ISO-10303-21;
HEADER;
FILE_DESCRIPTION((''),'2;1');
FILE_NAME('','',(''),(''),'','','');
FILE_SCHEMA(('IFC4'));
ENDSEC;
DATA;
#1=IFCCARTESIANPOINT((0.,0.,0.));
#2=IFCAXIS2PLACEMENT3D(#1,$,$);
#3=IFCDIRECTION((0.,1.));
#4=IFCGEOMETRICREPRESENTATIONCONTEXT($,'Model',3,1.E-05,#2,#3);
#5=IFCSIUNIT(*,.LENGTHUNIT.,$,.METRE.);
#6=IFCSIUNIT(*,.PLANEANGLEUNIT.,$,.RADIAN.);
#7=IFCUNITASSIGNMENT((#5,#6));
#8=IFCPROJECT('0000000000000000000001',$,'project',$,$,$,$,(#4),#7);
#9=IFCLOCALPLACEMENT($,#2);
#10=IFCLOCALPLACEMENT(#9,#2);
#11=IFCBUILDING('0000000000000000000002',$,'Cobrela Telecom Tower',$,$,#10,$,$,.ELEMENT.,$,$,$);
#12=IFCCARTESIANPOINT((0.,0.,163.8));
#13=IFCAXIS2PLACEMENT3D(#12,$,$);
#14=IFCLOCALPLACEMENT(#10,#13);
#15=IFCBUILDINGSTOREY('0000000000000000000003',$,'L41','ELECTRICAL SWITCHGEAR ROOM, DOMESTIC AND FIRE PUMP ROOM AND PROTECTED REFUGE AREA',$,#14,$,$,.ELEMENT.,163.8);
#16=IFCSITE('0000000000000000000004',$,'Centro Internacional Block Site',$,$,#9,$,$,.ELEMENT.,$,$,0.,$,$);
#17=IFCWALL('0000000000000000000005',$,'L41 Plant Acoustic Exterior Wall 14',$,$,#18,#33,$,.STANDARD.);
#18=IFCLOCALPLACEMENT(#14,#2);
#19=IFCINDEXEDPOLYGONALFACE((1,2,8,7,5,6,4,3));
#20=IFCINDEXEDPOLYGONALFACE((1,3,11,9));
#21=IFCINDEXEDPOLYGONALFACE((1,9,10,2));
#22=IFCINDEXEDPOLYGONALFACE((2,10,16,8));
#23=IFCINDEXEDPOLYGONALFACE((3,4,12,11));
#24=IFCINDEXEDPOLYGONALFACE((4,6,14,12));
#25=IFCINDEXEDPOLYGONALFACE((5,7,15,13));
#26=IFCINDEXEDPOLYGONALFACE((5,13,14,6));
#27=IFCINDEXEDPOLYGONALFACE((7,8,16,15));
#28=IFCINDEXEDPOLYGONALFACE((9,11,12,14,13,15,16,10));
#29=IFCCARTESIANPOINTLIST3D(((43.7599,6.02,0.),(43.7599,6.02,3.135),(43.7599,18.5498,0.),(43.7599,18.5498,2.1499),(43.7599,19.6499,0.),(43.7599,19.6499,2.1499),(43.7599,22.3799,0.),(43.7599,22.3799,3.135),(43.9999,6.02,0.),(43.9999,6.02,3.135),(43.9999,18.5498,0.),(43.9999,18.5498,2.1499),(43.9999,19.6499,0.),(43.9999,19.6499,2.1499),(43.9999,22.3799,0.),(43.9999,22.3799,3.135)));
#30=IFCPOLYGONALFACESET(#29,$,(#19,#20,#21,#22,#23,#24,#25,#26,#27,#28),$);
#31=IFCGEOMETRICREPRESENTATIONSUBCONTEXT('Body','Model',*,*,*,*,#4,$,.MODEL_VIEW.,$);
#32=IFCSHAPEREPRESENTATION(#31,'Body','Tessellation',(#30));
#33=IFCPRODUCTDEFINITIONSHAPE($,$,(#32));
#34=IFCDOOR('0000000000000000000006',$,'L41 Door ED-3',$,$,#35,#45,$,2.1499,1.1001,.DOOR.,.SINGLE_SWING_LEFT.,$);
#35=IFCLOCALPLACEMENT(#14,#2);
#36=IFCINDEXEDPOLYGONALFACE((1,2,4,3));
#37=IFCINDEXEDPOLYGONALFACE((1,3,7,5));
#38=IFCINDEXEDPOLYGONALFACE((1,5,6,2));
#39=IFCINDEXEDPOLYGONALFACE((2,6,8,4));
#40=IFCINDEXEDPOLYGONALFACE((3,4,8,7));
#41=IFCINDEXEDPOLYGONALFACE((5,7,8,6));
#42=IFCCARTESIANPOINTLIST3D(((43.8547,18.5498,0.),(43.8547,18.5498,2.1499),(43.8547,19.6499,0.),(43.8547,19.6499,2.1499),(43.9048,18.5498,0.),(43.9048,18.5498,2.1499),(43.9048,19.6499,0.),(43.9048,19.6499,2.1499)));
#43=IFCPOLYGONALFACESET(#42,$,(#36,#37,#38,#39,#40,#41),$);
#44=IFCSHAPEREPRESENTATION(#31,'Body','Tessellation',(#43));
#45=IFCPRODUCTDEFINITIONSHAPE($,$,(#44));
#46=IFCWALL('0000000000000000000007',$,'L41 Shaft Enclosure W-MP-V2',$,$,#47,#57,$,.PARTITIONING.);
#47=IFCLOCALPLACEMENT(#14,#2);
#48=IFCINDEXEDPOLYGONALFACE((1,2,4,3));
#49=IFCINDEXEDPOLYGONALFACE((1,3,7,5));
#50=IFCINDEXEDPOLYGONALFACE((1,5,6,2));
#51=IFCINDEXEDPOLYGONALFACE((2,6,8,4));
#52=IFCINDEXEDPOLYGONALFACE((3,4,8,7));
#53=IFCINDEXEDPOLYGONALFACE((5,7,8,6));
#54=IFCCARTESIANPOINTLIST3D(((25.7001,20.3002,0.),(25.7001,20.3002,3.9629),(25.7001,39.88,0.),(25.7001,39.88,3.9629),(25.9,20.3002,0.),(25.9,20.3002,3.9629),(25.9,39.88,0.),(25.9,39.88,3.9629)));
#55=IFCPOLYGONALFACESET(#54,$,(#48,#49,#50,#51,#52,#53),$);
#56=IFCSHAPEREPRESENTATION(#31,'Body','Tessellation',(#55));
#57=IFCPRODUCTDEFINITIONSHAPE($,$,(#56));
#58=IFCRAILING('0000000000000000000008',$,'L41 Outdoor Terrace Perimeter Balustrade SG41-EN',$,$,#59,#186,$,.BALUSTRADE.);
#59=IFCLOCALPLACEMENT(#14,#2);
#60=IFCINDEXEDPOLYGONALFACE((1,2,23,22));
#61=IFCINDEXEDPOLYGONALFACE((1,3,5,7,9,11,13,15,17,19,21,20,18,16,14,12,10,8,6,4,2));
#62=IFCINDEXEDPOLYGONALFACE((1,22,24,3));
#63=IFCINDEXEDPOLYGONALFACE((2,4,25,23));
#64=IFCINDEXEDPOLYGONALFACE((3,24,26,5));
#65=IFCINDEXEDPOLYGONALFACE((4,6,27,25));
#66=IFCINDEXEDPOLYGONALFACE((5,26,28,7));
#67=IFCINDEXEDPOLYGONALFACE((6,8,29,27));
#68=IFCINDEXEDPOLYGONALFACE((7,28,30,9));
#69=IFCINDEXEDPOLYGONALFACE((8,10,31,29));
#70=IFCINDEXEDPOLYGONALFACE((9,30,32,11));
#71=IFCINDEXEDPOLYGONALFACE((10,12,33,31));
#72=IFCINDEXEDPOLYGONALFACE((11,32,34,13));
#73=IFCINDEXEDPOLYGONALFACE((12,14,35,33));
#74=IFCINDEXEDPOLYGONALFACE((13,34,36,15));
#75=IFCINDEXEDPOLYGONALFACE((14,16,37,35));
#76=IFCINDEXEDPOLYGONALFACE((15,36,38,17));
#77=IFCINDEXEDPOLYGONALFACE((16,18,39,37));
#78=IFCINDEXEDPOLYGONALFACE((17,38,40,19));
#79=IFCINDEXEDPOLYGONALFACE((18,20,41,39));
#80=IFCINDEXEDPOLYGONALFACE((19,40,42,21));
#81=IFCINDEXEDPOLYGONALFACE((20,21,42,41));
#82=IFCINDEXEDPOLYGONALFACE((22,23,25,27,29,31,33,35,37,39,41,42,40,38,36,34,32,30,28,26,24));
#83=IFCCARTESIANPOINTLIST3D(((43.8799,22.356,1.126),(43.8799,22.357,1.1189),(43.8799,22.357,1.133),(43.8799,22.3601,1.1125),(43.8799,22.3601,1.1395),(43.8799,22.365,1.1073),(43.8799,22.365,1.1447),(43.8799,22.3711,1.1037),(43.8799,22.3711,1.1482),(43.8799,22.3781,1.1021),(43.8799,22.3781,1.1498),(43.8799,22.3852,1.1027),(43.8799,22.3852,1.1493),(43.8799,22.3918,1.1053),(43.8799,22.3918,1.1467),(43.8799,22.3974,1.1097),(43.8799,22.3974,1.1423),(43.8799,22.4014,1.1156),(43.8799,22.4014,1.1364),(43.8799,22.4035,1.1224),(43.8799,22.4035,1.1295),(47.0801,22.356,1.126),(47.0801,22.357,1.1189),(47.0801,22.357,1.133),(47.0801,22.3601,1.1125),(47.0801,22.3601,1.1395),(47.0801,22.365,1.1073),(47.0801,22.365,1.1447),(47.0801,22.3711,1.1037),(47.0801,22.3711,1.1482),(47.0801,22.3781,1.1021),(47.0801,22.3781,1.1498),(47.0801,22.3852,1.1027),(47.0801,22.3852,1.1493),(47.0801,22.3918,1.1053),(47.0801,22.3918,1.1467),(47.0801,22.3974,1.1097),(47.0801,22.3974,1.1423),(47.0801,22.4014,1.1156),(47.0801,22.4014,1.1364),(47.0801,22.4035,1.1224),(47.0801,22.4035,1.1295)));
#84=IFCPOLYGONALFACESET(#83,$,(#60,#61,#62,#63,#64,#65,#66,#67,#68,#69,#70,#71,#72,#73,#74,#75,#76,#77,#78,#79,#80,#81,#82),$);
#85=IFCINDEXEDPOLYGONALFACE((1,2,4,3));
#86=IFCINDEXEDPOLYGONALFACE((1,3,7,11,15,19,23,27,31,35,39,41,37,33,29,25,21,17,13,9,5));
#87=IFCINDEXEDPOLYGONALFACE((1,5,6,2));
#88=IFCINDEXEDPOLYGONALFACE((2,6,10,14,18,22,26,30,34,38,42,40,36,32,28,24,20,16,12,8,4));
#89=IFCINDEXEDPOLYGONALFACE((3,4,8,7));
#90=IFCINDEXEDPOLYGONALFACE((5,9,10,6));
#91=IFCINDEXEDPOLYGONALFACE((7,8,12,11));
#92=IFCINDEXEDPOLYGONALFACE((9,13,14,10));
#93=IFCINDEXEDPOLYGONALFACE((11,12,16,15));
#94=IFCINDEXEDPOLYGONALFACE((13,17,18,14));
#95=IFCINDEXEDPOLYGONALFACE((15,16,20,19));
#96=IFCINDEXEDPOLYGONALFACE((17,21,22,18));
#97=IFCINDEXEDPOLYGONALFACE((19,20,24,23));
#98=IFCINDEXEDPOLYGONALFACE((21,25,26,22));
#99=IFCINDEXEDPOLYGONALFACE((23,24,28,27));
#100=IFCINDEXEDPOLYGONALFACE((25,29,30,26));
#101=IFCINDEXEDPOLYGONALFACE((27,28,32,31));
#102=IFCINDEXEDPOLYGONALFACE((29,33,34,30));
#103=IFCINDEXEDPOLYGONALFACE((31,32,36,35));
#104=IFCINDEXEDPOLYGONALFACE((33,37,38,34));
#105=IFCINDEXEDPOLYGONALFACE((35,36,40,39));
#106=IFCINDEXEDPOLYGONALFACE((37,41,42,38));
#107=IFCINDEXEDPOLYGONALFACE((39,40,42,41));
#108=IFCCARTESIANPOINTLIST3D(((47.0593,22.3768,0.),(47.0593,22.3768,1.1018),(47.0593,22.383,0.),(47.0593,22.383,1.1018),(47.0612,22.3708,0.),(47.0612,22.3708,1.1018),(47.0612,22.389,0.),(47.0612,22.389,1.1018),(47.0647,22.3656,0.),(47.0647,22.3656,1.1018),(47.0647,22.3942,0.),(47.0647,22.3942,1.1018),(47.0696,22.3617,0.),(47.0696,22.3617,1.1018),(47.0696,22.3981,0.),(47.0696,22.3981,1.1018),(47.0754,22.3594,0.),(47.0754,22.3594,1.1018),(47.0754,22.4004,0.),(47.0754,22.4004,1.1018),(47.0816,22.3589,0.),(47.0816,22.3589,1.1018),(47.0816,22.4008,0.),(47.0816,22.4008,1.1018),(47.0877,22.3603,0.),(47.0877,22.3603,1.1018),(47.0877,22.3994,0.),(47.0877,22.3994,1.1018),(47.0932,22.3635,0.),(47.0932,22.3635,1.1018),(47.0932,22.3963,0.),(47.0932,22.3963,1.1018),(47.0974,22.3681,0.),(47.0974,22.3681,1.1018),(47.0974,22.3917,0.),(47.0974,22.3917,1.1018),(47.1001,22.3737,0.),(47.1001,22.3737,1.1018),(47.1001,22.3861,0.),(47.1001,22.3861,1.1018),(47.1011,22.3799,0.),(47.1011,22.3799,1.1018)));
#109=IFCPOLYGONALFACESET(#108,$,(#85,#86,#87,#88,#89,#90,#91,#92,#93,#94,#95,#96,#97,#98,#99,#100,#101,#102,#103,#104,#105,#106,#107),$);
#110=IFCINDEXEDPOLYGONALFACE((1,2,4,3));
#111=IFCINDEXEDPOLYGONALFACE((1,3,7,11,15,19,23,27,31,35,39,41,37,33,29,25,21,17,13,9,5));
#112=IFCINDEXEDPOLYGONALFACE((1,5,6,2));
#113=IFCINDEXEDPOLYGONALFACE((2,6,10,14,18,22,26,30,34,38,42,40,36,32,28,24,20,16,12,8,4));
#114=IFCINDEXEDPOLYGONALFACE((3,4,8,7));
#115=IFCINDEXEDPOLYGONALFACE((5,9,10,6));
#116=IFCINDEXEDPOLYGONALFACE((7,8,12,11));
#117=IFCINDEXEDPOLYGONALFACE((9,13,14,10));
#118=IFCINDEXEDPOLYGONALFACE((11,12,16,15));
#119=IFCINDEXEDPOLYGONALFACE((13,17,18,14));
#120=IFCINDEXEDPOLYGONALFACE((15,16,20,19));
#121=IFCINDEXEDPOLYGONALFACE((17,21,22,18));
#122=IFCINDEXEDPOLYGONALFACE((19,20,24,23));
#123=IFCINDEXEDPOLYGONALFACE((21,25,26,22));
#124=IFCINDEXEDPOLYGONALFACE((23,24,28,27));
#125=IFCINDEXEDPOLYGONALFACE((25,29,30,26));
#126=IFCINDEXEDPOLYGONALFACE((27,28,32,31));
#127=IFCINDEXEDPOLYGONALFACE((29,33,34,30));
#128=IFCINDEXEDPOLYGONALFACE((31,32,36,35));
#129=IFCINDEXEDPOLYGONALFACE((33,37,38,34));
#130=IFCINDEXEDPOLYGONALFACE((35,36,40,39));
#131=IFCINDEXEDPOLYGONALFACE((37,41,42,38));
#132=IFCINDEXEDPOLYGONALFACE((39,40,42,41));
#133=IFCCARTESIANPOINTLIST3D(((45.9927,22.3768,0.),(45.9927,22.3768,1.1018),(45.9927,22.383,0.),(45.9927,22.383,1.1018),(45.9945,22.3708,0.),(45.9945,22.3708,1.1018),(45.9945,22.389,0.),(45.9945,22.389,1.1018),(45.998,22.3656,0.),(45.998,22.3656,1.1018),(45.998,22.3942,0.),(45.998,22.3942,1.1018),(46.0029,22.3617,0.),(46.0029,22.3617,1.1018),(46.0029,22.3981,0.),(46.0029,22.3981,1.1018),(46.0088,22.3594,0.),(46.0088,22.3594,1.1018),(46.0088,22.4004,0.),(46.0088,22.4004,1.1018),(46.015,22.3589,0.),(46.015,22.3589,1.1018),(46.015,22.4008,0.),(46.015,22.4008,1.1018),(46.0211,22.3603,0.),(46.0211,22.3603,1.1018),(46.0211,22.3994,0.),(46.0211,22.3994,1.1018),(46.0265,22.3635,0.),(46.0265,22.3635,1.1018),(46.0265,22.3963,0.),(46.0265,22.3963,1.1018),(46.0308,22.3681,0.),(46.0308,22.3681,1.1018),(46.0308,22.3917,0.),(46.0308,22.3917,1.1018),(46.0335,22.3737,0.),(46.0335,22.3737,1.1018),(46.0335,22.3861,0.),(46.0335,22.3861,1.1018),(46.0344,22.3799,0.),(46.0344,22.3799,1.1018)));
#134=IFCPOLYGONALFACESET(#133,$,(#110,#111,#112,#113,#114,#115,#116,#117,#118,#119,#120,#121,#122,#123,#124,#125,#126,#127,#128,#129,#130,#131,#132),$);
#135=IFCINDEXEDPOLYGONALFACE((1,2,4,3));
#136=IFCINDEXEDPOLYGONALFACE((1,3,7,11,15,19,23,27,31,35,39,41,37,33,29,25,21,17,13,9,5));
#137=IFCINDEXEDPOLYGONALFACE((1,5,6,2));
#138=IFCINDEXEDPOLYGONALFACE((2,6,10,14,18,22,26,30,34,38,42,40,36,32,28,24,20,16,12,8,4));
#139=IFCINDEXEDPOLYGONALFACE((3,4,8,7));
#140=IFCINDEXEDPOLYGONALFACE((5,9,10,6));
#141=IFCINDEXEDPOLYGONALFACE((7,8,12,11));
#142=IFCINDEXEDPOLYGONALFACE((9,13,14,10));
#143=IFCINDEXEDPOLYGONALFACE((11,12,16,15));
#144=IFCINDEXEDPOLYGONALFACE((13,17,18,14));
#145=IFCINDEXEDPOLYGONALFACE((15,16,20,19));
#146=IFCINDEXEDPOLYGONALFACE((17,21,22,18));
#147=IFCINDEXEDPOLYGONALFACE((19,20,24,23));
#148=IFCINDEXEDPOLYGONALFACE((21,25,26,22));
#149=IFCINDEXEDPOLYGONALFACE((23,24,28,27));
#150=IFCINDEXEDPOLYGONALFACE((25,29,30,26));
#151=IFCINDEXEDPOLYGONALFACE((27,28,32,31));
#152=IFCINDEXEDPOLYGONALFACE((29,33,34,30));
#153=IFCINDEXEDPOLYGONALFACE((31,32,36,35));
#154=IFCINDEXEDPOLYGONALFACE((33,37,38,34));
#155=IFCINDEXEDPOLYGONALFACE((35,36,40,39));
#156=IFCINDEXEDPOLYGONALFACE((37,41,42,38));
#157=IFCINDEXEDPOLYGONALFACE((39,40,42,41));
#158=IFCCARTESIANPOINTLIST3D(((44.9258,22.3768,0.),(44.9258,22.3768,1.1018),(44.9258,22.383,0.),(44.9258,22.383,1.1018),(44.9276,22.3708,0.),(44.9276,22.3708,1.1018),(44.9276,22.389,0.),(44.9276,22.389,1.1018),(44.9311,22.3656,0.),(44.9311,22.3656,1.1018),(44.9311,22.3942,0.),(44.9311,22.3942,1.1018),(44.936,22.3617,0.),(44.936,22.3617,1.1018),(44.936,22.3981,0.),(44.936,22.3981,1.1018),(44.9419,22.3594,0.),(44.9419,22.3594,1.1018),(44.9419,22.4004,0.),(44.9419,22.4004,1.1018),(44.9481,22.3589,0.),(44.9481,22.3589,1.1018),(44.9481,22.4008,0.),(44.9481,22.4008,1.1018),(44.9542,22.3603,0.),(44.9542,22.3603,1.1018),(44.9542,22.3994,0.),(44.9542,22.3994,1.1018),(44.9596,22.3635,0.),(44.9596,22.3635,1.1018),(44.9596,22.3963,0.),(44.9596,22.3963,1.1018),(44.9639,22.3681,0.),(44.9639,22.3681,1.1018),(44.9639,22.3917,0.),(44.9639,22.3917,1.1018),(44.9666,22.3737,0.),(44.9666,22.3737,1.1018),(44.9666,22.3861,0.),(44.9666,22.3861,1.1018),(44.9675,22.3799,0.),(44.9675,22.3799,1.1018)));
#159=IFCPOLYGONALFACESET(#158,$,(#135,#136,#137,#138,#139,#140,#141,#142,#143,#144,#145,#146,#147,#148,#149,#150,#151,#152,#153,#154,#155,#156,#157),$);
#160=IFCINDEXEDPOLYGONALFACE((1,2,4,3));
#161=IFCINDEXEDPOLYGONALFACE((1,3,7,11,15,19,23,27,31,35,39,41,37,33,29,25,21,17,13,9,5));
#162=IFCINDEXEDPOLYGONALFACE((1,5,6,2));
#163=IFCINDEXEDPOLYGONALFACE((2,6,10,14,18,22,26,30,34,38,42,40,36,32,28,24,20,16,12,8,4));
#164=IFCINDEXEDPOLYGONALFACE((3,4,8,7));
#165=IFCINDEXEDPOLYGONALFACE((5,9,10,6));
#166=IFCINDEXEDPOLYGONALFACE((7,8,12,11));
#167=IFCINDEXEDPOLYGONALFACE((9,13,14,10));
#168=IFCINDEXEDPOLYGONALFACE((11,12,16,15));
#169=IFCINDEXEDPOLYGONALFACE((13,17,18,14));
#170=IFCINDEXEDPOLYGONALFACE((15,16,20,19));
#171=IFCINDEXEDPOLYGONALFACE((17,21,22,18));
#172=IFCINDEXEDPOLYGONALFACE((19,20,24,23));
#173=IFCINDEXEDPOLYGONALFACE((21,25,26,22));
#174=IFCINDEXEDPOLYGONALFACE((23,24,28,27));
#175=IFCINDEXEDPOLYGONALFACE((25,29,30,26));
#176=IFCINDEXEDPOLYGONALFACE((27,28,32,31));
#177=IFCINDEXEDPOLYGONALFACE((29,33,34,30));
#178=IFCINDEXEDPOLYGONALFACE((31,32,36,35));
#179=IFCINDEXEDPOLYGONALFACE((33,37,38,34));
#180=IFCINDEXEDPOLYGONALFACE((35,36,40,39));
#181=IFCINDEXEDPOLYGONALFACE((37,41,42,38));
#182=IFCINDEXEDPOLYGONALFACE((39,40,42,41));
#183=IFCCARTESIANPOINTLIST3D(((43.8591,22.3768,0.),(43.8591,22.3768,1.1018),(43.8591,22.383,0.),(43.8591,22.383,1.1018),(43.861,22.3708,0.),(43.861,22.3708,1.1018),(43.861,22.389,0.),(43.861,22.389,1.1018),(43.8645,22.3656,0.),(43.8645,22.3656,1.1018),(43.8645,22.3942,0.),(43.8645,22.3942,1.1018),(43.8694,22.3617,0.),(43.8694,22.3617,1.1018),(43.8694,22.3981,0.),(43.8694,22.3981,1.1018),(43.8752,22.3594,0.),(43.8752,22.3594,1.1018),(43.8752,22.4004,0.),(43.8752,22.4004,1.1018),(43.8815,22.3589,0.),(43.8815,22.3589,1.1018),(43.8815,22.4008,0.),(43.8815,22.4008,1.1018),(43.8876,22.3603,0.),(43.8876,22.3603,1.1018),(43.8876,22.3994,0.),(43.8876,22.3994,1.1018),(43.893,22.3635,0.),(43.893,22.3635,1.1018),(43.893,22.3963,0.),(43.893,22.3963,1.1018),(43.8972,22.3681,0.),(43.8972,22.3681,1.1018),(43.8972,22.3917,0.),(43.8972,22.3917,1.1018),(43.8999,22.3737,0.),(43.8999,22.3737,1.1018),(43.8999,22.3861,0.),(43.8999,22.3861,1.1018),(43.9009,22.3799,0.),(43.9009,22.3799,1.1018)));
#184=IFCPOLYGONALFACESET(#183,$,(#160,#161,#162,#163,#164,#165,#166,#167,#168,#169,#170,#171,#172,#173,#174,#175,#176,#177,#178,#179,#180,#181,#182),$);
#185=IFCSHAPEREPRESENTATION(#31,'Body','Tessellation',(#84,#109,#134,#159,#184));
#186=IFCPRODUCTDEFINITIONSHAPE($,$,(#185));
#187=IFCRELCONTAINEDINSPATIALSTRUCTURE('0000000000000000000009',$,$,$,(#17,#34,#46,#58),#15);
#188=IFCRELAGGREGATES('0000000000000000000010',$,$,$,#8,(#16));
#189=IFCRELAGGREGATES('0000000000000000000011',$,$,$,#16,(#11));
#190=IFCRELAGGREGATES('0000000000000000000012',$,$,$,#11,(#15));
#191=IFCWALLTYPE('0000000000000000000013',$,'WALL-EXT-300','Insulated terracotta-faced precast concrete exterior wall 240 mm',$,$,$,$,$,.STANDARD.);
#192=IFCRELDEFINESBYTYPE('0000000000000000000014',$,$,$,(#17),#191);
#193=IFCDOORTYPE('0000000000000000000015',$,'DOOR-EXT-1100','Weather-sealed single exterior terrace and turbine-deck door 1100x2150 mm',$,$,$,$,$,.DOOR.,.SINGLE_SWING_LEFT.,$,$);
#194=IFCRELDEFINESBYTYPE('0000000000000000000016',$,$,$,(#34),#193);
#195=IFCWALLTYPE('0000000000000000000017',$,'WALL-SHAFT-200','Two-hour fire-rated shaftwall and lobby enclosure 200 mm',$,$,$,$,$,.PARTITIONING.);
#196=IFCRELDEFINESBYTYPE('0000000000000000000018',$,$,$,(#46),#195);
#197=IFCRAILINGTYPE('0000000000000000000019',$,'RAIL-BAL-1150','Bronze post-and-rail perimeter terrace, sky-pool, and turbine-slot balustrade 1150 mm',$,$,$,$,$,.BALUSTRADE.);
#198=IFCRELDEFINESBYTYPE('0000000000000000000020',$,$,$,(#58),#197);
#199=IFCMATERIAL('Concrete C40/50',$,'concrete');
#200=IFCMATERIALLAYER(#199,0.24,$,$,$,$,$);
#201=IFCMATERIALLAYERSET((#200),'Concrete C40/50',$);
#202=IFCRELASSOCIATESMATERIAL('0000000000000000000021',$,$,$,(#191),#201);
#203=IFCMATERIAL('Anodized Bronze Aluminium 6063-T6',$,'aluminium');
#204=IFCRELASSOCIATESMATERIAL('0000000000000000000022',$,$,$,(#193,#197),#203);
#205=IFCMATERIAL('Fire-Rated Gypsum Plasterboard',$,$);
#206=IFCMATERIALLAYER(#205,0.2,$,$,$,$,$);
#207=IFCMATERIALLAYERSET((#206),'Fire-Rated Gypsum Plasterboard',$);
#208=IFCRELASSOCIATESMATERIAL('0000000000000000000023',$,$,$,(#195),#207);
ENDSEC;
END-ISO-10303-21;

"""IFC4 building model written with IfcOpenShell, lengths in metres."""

from ifc_helpers import new_model, si_unit, direction, frame, frame_2d, origin, origin_2d, place, context, subcontext, project, spatial, rectangle, circle, extrude, material, layer, layer_set, type_object, element, fill, save


model = new_model("IFC4")

# Units and contexts
model_context = context("Model", 3, precision=1e-05, world=origin(), true_north=direction((0.0, 1.0)))
body_context = subcontext(model_context, "Body", "Model", "MODEL_VIEW")
ifc_project = project(units=[si_unit("LENGTHUNIT", "METRE"), si_unit("PLANEANGLEUNIT", "RADIAN")], contexts=[model_context])

# Site, building, storey
site_placement = place(None, origin())
site = spatial("IfcSite", under=ifc_project, at=site_placement, Name="Centro Internacional Block Site", CompositionType="ELEMENT", RefElevation=0.0)
building_placement = place(site_placement, origin())
building = spatial("IfcBuilding", under=site, at=building_placement, Name="Cobrela Telecom Tower", CompositionType="ELEMENT")
storey_placement = place(building_placement, frame((0.0, 0.0, 163.8)))
storey = spatial("IfcBuildingStorey", under=building, at=storey_placement, Name="L41", Description="ELECTRICAL SWITCHGEAR ROOM, DOMESTIC AND FIRE PUMP ROOM AND PROTECTED REFUGE AREA", CompositionType="ELEMENT", Elevation=163.8)

# Shared definitions
ifc_material_1 = material(Name="Concrete C40/50", Category="concrete")
ifc_layer_1 = layer(ifc_material_1, 0.24)
ifc_layer_set_1 = layer_set([ifc_layer_1], Name="Concrete C40/50")
wall_type_1 = type_object("IfcWallType", Name="WALL-EXT-300", Description="Insulated terracotta-faced precast concrete exterior wall 240 mm", PredefinedType="STANDARD", material=ifc_layer_set_1)

# Wall, opening, door
wall_1_placement = place(storey_placement, frame((43.8799, 22.3799, 0.0), z_axis=(0.0, 0.0, 1.0), x_axis=(0.0, -1.0, 0.0)))
wall_1 = element("IfcWall", 1, at=wall_1_placement, inside=storey, type_object=wall_type_1, Name="L41 Plant Acoustic Exterior Wall 14", PredefinedType="STANDARD", context=body_context, shape_type="SweptSolid", body=[
    extrude(rectangle(XDim=16.3599, YDim=0.24, at=frame_2d((8.1799, 0.0))), origin(), (0.0, 0.0, 1.0), 3.135),
])
opening_placement = place(wall_1_placement, frame((2.73, 0.0, 0.0)))
opening = element("IfcOpeningElement", 2, at=opening_placement, cuts=wall_1, PredefinedType="OPENING", context=body_context, shape_type="SweptSolid", body=[
    extrude(rectangle(XDim=1.1001, YDim=2.1499, at=frame_2d((0.55, 1.075))), frame((0.0, 0.1318, 0.0), z_axis=(0.0, -1.0, 0.0), x_axis=(1.0, 0.0, 0.0)), (0.0, 0.0, 1.0), 0.2639),
])
ifc_material_2 = material(Name="Anodized Bronze Aluminium 6063-T6", Category="aluminium")
door_type = type_object("IfcDoorType", Name="DOOR-EXT-1100", Description="Weather-sealed single exterior terrace and turbine-deck door 1100x2150 mm", OperationType="SINGLE_SWING_LEFT", PredefinedType="DOOR", material=ifc_material_2)
door_placement = place(opening_placement, origin())
door = element("IfcDoor", 3, at=door_placement, inside=storey, type_object=door_type, Name="L41 Door ED-3", OperationType="SINGLE_SWING_LEFT", OverallHeight=2.1499, OverallWidth=1.1001, PredefinedType="DOOR", context=body_context, shape_type="SweptSolid", body=[
    extrude(rectangle(XDim=1.1001, YDim=2.1499, at=frame_2d((0.55, 1.075))), frame((0.0, 0.0249, 0.0), z_axis=(0.0, -1.0, 0.0), x_axis=(1.0, 0.0, 0.0)), (0.0, 0.0, 1.0), 0.05),
])
fill(opening, door)

# Wall
ifc_material_3 = material(Name="Fire-Rated Gypsum Plasterboard")
ifc_layer_2 = layer(ifc_material_3, 0.2)
ifc_layer_set_2 = layer_set([ifc_layer_2], Name="Fire-Rated Gypsum Plasterboard")
wall_type_2 = type_object("IfcWallType", Name="WALL-SHAFT-200", Description="Two-hour fire-rated shaftwall and lobby enclosure 200 mm", PredefinedType="PARTITIONING", material=ifc_layer_set_2)
wall_2_placement = place(storey_placement, frame((25.8, 20.3, 0.0), z_axis=(0.0, 0.0, 1.0), x_axis=(0.0, 1.0, 0.0)))
element("IfcWall", 4, at=wall_2_placement, inside=storey, type_object=wall_type_2, Name="L41 Shaft Enclosure W-MP-V2", PredefinedType="PARTITIONING", context=body_context, shape_type="SweptSolid", body=[
    extrude(rectangle(XDim=19.5798, YDim=0.2, at=frame_2d((9.79, 0.0))), origin(), (0.0, 0.0, 1.0), 3.9629),
])

# Railing
railing_type = type_object("IfcRailingType", Name="RAIL-BAL-1150", Description="Bronze post-and-rail perimeter terrace, sky-pool, and turbine-slot balustrade 1150 mm", PredefinedType="BALUSTRADE", material=ifc_material_2)
railing_placement = place(storey_placement, frame((47.0801, 22.3799, 0.0)))
element("IfcRailing", 5, at=railing_placement, inside=storey, type_object=railing_type, Name="L41 Outdoor Terrace Perimeter Balustrade SG41-EN", PredefinedType="BALUSTRADE", context=body_context, shape_type="SweptSolid", body=[
    extrude(circle(Radius=0.0239, at=origin_2d()), frame((0.0, 0.0, 1.126), z_axis=(-1.0, 0.0, 0.0), x_axis=(0.0, -1.0, 0.0)), (0.0, 0.0, 1.0), 3.2002),
    extrude(circle(Radius=0.021, at=origin_2d()), origin(), (0.0, 0.0, 1.0), 1.1018),
    extrude(circle(Radius=0.021, at=origin_2d()), frame((-1.0667, 0.0, 0.0)), (0.0, 0.0, 1.0), 1.1018),
    extrude(circle(Radius=0.021, at=origin_2d()), frame((-2.1335, 0.0, 0.0)), (0.0, 0.0, 1.0), 1.1018),
    extrude(circle(Radius=0.021, at=origin_2d()), frame((-3.2002, 0.0, 0.0)), (0.0, 0.0, 1.0), 1.1018),
])

save(model, "model.ifc")
